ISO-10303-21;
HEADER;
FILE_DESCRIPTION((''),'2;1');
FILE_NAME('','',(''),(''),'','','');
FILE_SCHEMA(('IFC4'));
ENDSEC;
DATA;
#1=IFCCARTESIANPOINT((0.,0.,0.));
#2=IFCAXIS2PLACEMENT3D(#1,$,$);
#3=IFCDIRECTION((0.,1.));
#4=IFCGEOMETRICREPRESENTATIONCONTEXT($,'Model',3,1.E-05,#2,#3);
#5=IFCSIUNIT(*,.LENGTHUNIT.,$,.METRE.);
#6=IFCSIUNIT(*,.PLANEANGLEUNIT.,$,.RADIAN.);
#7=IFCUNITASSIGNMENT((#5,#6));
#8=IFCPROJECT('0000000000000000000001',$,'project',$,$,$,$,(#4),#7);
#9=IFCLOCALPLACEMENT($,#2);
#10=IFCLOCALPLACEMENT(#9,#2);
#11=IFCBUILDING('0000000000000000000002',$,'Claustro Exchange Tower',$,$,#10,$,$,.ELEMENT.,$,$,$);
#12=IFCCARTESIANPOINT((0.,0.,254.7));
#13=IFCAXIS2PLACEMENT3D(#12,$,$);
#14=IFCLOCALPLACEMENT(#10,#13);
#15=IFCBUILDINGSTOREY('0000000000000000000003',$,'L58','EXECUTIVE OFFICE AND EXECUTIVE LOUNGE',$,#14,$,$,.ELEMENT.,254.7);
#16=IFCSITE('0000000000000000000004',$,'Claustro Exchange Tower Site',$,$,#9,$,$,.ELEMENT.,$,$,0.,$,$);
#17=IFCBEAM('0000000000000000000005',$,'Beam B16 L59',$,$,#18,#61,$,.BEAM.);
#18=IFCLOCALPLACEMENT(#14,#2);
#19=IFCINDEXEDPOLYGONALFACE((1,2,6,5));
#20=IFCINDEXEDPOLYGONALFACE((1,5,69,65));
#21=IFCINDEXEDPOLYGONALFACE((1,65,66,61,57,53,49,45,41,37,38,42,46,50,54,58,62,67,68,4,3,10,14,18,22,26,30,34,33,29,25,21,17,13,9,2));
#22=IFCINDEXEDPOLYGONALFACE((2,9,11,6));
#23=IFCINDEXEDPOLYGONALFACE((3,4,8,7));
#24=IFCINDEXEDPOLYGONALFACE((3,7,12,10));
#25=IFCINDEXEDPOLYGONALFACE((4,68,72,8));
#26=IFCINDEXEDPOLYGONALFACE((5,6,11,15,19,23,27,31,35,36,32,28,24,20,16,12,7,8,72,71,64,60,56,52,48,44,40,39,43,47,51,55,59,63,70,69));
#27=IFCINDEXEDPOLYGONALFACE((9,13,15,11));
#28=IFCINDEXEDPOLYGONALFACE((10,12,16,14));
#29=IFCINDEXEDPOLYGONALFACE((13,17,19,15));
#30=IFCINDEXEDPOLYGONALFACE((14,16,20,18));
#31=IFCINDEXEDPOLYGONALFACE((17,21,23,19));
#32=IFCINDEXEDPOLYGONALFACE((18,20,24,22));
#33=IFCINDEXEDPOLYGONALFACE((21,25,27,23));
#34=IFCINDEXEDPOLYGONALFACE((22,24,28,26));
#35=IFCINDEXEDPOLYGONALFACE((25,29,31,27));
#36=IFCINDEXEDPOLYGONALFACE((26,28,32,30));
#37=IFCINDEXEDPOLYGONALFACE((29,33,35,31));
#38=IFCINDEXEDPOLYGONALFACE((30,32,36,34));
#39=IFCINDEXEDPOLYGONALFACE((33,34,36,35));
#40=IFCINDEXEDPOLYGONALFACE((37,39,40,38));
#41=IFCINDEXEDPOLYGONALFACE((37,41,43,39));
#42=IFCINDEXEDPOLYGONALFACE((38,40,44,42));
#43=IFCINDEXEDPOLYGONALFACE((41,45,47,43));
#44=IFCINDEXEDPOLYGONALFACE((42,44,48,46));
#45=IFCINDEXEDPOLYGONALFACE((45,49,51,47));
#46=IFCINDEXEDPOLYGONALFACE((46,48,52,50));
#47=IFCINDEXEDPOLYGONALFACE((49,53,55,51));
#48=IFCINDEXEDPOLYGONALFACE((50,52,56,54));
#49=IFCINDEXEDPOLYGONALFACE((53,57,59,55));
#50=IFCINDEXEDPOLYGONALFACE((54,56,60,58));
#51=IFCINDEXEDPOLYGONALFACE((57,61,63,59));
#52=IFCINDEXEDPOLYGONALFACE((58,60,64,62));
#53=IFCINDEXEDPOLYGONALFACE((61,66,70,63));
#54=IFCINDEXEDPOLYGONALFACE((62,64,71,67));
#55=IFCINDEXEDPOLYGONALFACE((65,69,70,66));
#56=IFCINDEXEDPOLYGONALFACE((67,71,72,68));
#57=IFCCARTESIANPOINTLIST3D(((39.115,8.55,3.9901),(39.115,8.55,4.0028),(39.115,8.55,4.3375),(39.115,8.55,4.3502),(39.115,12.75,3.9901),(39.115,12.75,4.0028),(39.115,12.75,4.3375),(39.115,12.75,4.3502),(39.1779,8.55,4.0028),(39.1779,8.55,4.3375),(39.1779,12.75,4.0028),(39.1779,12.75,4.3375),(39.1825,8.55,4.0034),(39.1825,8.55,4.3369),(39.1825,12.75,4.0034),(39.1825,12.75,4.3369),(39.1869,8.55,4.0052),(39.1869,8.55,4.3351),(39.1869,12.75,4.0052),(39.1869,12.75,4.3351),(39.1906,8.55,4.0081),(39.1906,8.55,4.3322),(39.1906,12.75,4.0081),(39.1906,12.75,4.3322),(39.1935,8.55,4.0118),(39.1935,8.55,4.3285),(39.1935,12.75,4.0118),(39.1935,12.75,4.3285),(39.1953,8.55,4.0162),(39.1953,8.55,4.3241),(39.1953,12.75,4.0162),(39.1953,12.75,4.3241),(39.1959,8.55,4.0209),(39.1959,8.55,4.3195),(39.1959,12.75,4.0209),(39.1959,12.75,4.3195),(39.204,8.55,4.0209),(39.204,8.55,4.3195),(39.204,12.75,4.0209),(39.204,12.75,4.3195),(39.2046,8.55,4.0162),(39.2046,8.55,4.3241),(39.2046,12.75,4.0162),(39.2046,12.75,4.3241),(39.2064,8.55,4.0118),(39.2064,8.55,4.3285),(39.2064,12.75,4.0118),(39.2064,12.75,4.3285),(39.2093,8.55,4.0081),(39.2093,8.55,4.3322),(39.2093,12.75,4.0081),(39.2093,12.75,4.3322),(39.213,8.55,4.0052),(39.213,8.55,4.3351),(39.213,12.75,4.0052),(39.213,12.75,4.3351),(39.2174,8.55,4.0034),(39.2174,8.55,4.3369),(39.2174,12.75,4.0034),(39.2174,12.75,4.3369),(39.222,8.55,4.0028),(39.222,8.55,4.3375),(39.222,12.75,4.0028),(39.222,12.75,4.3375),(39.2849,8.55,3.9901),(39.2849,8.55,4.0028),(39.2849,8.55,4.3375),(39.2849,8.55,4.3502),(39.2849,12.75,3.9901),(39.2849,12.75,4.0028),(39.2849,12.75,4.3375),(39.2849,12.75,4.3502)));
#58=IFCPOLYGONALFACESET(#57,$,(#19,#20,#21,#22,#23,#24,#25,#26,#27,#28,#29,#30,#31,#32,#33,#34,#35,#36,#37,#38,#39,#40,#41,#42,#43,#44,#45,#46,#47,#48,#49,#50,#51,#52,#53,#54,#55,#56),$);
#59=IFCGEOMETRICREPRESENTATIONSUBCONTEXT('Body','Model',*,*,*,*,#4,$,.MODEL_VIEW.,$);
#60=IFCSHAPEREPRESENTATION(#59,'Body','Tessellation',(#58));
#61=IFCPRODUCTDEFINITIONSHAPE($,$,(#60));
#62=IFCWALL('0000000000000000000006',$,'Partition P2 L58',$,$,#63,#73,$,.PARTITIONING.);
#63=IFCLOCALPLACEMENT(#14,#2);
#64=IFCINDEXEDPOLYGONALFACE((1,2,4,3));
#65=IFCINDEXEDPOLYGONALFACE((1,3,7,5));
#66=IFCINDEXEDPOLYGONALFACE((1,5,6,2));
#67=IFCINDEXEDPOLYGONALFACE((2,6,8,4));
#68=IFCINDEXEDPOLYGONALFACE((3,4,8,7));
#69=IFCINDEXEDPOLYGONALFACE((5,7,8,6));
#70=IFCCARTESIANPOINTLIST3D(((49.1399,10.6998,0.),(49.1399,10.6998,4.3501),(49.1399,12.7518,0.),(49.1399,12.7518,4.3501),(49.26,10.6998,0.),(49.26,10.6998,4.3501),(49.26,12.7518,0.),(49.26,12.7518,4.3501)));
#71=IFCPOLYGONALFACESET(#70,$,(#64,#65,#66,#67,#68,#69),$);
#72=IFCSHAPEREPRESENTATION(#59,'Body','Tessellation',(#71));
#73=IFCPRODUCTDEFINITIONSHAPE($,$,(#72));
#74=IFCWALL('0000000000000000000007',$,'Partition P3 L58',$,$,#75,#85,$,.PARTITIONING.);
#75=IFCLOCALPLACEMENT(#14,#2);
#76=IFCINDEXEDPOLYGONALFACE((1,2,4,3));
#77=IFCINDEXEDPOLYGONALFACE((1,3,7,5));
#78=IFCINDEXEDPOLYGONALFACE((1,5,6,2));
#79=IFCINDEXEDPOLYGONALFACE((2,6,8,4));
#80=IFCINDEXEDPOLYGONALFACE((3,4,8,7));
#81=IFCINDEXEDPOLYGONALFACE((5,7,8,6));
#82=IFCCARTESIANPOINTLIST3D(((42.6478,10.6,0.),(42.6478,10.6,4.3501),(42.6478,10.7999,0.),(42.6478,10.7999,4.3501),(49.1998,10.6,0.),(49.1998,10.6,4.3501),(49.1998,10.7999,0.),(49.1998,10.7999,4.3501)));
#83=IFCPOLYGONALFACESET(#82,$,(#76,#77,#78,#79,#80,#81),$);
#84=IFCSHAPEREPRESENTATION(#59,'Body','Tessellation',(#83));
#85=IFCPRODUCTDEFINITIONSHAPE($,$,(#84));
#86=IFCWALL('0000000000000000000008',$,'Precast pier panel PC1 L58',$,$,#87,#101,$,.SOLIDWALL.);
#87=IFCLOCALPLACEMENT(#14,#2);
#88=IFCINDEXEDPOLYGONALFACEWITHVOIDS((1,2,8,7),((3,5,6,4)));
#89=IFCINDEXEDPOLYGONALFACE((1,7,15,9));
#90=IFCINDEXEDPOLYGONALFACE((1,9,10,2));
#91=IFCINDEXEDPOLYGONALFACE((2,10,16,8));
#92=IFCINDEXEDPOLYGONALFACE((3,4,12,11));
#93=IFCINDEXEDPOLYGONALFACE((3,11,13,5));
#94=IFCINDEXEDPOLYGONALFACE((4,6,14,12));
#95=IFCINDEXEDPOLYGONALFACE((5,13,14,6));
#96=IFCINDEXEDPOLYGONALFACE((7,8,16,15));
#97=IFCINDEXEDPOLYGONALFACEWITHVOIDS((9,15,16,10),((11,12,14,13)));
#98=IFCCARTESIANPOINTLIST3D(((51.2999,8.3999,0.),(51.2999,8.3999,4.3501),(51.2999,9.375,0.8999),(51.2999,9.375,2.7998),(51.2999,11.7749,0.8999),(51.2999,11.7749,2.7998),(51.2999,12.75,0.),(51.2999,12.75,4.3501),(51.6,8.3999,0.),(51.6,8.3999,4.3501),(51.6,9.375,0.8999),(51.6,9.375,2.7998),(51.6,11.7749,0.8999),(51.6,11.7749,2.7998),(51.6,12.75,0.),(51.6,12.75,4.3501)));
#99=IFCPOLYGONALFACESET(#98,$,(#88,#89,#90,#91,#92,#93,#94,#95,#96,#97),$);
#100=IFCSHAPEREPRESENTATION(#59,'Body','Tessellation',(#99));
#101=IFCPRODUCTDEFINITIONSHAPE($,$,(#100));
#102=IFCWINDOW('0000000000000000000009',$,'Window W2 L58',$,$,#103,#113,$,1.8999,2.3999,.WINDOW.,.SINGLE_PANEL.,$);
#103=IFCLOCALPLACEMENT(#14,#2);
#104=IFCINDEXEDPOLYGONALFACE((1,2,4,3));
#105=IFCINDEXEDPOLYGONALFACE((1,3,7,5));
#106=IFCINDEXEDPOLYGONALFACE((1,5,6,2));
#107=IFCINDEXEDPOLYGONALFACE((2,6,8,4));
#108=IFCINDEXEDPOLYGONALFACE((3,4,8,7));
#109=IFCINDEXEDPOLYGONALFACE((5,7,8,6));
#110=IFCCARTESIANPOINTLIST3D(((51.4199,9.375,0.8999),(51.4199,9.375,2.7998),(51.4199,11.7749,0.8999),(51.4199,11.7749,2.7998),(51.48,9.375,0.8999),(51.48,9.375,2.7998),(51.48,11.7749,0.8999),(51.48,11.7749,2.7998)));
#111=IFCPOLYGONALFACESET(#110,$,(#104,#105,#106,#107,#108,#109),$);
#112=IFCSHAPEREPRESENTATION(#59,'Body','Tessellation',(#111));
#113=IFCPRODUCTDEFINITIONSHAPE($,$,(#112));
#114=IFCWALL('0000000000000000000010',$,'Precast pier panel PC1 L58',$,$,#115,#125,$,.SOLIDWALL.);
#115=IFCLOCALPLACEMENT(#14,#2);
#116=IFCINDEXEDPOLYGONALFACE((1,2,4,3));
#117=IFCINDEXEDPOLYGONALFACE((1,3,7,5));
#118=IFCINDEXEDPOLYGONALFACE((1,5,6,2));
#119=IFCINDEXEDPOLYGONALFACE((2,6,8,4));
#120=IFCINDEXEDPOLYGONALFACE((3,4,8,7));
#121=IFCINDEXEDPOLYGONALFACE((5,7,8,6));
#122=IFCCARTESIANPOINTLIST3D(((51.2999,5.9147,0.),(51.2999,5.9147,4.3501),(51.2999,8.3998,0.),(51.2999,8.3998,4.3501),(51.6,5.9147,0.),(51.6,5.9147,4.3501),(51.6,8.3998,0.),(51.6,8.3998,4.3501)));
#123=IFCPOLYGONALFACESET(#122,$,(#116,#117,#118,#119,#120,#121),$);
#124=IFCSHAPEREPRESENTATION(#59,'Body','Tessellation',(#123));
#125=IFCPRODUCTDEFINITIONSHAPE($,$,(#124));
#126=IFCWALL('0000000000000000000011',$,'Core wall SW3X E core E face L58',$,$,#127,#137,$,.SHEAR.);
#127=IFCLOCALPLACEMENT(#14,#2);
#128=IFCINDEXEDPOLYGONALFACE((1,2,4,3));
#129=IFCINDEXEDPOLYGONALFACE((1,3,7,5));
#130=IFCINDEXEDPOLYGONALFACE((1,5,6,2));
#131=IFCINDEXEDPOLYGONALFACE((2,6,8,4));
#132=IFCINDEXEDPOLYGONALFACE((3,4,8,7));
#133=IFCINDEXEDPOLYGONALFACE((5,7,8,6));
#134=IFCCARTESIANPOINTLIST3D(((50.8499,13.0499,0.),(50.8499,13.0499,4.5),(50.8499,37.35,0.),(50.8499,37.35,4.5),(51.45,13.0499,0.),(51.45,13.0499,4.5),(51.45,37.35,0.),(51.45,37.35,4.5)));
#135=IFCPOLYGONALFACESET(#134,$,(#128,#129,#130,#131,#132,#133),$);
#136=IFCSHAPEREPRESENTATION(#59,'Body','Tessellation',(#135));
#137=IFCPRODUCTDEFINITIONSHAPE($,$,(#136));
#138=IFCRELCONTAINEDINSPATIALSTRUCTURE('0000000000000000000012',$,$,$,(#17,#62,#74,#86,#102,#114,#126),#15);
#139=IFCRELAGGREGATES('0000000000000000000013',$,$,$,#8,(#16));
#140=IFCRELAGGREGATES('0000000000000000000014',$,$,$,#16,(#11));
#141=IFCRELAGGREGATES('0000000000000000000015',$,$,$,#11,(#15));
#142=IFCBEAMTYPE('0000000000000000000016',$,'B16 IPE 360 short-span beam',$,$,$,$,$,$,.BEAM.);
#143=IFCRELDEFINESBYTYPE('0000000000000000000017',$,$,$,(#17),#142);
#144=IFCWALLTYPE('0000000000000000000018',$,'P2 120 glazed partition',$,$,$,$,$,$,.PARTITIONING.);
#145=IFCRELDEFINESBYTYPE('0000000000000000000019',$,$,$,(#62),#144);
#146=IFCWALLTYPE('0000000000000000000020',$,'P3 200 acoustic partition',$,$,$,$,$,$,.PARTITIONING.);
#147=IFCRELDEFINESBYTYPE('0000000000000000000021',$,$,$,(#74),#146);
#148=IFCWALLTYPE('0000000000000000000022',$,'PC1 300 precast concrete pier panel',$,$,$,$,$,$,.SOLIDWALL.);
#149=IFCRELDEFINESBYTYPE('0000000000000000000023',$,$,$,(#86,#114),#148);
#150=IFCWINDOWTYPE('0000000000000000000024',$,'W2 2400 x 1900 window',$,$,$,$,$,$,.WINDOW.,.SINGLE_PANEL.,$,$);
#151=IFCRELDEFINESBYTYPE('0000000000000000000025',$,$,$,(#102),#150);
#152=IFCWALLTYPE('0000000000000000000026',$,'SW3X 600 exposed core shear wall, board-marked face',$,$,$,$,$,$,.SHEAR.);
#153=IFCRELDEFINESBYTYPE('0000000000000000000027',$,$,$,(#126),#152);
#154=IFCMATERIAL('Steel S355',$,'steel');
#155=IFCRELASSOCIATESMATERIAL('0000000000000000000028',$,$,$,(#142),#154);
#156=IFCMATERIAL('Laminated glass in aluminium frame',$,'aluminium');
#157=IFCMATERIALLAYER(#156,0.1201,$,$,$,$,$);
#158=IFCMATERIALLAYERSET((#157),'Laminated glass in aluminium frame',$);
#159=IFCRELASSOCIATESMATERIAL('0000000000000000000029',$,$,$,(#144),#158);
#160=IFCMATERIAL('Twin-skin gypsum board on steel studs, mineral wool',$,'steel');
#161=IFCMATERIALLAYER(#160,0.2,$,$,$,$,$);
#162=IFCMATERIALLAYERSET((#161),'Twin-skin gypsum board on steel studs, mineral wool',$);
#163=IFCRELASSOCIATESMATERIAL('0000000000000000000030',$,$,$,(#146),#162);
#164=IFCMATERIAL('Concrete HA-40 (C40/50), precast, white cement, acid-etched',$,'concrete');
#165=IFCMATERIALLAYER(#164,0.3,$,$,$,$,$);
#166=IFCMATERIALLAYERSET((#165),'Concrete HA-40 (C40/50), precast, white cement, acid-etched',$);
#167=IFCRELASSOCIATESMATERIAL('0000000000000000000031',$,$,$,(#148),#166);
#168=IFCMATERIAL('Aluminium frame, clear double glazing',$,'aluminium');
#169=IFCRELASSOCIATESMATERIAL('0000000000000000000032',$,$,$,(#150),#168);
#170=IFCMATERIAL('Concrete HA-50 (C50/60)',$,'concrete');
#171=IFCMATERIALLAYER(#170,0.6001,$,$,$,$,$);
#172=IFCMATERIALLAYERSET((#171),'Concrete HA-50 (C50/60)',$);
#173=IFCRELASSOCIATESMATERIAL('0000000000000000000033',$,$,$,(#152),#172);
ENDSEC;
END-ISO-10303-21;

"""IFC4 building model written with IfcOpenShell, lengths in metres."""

from ifc_helpers import new_model, si_unit, direction, frame, frame_2d, origin, origin_2d, place, context, subcontext, project, spatial, rectangle, i_section, extrude, material, layer, layer_set, material_profile, profile_set, type_object, element, fill, save


model = new_model("IFC4")

# Units and contexts
model_context = context("Model", 3, precision=1e-05, world=origin(), true_north=direction((0.0, 1.0)))
body_context = subcontext(model_context, "Body", "Model", "MODEL_VIEW")
ifc_project = project(units=[si_unit("LENGTHUNIT", "METRE"), si_unit("PLANEANGLEUNIT", "RADIAN")], contexts=[model_context])

# Site, building, storey
site_placement = place(None, origin())
site = spatial("IfcSite", under=ifc_project, at=site_placement, Name="Claustro Exchange Tower Site", CompositionType="ELEMENT", RefElevation=0.0)
building_placement = place(site_placement, origin())
building = spatial("IfcBuilding", under=site, at=building_placement, Name="Claustro Exchange Tower", CompositionType="ELEMENT")
storey_placement = place(building_placement, frame((0.0, 0.0, 254.7)))
storey = spatial("IfcBuildingStorey", under=building, at=storey_placement, Name="L58", Description="EXECUTIVE OFFICE AND EXECUTIVE LOUNGE", CompositionType="ELEMENT", Elevation=254.7)

# Beam
ifc_material_1 = material(Name="Steel S355", Category="steel")
ifc_material_profile = material_profile(ifc_material_1, i_section(OverallWidth=0.1699, OverallDepth=0.3601, WebThickness=0.0081, FlangeThickness=0.0127, FilletRadius=0.0181, at=origin_2d()), Name="IPE 360")
ifc_profile_set = profile_set([ifc_material_profile], Name="Steel S355")
beam_type = type_object("IfcBeamType", Name="B16 IPE 360 short-span beam", PredefinedType="BEAM", material=ifc_profile_set)
beam_placement = place(storey_placement, frame((39.2, 8.55, 4.1702), z_axis=(0.0, 1.0, 0.0), x_axis=(-1.0, 0.0, 0.0)))
element("IfcBeam", 1, at=beam_placement, inside=storey, type_object=beam_type, Name="Beam B16 L59", PredefinedType="BEAM", context=body_context, shape_type="SweptSolid", body=[
    extrude(i_section(OverallWidth=0.1699, OverallDepth=0.3601, WebThickness=0.0081, FlangeThickness=0.0127, FilletRadius=0.0181, at=origin_2d()), origin(), (0.0, 0.0, 1.0), 4.2),
])

# Shared definitions
ifc_material_2 = material(Name="Laminated glass in aluminium frame", Category="aluminium")
ifc_layer_1 = layer(ifc_material_2, 0.1201)
ifc_layer_set_1 = layer_set([ifc_layer_1], Name="Laminated glass in aluminium frame")
wall_type_1 = type_object("IfcWallType", Name="P2 120 glazed partition", PredefinedType="PARTITIONING", material=ifc_layer_set_1)

# Walls
wall_1_placement = place(storey_placement, frame((49.2, 10.7, 0.0), z_axis=(0.0, 0.0, 1.0), x_axis=(0.0, 1.0, 0.0)))
element("IfcWall", 2, at=wall_1_placement, inside=storey, type_object=wall_type_1, Name="Partition P2 L58", PredefinedType="PARTITIONING", context=body_context, shape_type="SweptSolid", body=[
    extrude(rectangle(XDim=2.052, YDim=0.1201, at=frame_2d((1.0259, 0.0))), origin(), (0.0, 0.0, 1.0), 4.3501),
])
ifc_material_3 = material(Name="Twin-skin gypsum board on steel studs, mineral wool", Category="steel")
ifc_layer_2 = layer(ifc_material_3, 0.2)
ifc_layer_set_2 = layer_set([ifc_layer_2], Name="Twin-skin gypsum board on steel studs, mineral wool")
wall_type_2 = type_object("IfcWallType", Name="P3 200 acoustic partition", PredefinedType="PARTITIONING", material=ifc_layer_set_2)
wall_2_placement = place(storey_placement, frame((42.6479, 10.7, 0.0), z_axis=(0.0, 0.0, 1.0), x_axis=(1.0, 0.0, 0.0)))
element("IfcWall", 3, at=wall_2_placement, inside=storey, type_object=wall_type_2, Name="Partition P3 L58", PredefinedType="PARTITIONING", context=body_context, shape_type="SweptSolid", body=[
    extrude(rectangle(XDim=6.552, YDim=0.2, at=frame_2d((3.2759, 0.0))), origin(), (0.0, 0.0, 1.0), 4.3501),
])

# Wall, opening, window
ifc_material_4 = material(Name="Concrete HA-40 (C40/50), precast, white cement, acid-etched", Category="concrete")
ifc_layer_3 = layer(ifc_material_4, 0.3)
ifc_layer_set_3 = layer_set([ifc_layer_3], Name="Concrete HA-40 (C40/50), precast, white cement, acid-etched")
wall_type_3 = type_object("IfcWallType", Name="PC1 300 precast concrete pier panel", PredefinedType="SOLIDWALL", material=ifc_layer_set_3)
wall_3_placement = place(storey_placement, frame((51.45, 12.75, 0.0), z_axis=(0.0, 0.0, 1.0), x_axis=(0.0, -1.0, 0.0)))
wall_3 = element("IfcWall", 4, at=wall_3_placement, inside=storey, type_object=wall_type_3, Name="Precast pier panel PC1 L58", PredefinedType="SOLIDWALL", context=body_context, shape_type="SweptSolid", body=[
    extrude(rectangle(XDim=4.3501, YDim=0.3, at=frame_2d((2.175, 0.0))), origin(), (0.0, 0.0, 1.0), 4.3501),
])
opening_1_placement = place(wall_3_placement, frame((0.9751, 0.0, 0.8999)))
opening_1 = element("IfcOpeningElement", 5, at=opening_1_placement, cuts=wall_3, PredefinedType="OPENING", context=body_context, shape_type="SweptSolid", body=[
    extrude(rectangle(XDim=2.3999, YDim=1.8999, at=frame_2d((1.2, 0.95))), frame((0.0, 0.1599, 0.0), z_axis=(0.0, -1.0, 0.0), x_axis=(1.0, 0.0, 0.0)), (0.0, 0.0, 1.0), 0.3201),
])
ifc_material_5 = material(Name="Aluminium frame, clear double glazing", Category="aluminium")
window_type = type_object("IfcWindowType", Name="W2 2400 x 1900 window", PartitioningType="SINGLE_PANEL", PredefinedType="WINDOW", material=ifc_material_5)
window_placement = place(opening_1_placement, origin())
window = element("IfcWindow", 6, at=window_placement, inside=storey, type_object=window_type, Name="Window W2 L58", OverallHeight=1.8999, OverallWidth=2.3999, PartitioningType="SINGLE_PANEL", PredefinedType="WINDOW", context=body_context, shape_type="SweptSolid", body=[
    extrude(rectangle(XDim=2.3999, YDim=1.8999, at=frame_2d((1.2, 0.95))), frame((0.0, 0.03, 0.0), z_axis=(0.0, -1.0, 0.0), x_axis=(1.0, 0.0, 0.0)), (0.0, 0.0, 1.0), 0.0601),
])
fill(opening_1, window)

# Walls
wall_4_placement = place(storey_placement, frame((51.45, 8.3999, 0.0), z_axis=(0.0, 0.0, 1.0), x_axis=(0.0, -1.0, 0.0)))
element("IfcWall", 7, at=wall_4_placement, inside=storey, type_object=wall_type_3, Name="Precast pier panel PC1 L58", PredefinedType="SOLIDWALL", context=body_context, shape_type="SweptSolid", body=[
    extrude(rectangle(XDim=2.4851, YDim=0.3, at=frame_2d((1.2427, 0.0))), origin(), (0.0, 0.0, 1.0), 4.3501),
])
ifc_material_6 = material(Name="Concrete HA-50 (C50/60)", Category="concrete")
ifc_layer_4 = layer(ifc_material_6, 0.6001)
ifc_layer_set_4 = layer_set([ifc_layer_4], Name="Concrete HA-50 (C50/60)")
wall_type_4 = type_object("IfcWallType", Name="SW3X 600 exposed core shear wall, board-marked face", PredefinedType="SHEAR", material=ifc_layer_set_4)
wall_5_placement = place(storey_placement, frame((51.1499, 13.05, 0.0), z_axis=(0.0, 0.0, 1.0), x_axis=(0.0, 1.0, 0.0)))
element("IfcWall", 8, at=wall_5_placement, inside=storey, type_object=wall_type_4, Name="Core wall SW3X E core E face L58", PredefinedType="SHEAR", context=body_context, shape_type="SweptSolid", body=[
    extrude(rectangle(XDim=24.3, YDim=0.6001, at=frame_2d((12.1499, 0.0))), origin(), (0.0, 0.0, 1.0), 4.5),
])

save(model, "model.ifc")
